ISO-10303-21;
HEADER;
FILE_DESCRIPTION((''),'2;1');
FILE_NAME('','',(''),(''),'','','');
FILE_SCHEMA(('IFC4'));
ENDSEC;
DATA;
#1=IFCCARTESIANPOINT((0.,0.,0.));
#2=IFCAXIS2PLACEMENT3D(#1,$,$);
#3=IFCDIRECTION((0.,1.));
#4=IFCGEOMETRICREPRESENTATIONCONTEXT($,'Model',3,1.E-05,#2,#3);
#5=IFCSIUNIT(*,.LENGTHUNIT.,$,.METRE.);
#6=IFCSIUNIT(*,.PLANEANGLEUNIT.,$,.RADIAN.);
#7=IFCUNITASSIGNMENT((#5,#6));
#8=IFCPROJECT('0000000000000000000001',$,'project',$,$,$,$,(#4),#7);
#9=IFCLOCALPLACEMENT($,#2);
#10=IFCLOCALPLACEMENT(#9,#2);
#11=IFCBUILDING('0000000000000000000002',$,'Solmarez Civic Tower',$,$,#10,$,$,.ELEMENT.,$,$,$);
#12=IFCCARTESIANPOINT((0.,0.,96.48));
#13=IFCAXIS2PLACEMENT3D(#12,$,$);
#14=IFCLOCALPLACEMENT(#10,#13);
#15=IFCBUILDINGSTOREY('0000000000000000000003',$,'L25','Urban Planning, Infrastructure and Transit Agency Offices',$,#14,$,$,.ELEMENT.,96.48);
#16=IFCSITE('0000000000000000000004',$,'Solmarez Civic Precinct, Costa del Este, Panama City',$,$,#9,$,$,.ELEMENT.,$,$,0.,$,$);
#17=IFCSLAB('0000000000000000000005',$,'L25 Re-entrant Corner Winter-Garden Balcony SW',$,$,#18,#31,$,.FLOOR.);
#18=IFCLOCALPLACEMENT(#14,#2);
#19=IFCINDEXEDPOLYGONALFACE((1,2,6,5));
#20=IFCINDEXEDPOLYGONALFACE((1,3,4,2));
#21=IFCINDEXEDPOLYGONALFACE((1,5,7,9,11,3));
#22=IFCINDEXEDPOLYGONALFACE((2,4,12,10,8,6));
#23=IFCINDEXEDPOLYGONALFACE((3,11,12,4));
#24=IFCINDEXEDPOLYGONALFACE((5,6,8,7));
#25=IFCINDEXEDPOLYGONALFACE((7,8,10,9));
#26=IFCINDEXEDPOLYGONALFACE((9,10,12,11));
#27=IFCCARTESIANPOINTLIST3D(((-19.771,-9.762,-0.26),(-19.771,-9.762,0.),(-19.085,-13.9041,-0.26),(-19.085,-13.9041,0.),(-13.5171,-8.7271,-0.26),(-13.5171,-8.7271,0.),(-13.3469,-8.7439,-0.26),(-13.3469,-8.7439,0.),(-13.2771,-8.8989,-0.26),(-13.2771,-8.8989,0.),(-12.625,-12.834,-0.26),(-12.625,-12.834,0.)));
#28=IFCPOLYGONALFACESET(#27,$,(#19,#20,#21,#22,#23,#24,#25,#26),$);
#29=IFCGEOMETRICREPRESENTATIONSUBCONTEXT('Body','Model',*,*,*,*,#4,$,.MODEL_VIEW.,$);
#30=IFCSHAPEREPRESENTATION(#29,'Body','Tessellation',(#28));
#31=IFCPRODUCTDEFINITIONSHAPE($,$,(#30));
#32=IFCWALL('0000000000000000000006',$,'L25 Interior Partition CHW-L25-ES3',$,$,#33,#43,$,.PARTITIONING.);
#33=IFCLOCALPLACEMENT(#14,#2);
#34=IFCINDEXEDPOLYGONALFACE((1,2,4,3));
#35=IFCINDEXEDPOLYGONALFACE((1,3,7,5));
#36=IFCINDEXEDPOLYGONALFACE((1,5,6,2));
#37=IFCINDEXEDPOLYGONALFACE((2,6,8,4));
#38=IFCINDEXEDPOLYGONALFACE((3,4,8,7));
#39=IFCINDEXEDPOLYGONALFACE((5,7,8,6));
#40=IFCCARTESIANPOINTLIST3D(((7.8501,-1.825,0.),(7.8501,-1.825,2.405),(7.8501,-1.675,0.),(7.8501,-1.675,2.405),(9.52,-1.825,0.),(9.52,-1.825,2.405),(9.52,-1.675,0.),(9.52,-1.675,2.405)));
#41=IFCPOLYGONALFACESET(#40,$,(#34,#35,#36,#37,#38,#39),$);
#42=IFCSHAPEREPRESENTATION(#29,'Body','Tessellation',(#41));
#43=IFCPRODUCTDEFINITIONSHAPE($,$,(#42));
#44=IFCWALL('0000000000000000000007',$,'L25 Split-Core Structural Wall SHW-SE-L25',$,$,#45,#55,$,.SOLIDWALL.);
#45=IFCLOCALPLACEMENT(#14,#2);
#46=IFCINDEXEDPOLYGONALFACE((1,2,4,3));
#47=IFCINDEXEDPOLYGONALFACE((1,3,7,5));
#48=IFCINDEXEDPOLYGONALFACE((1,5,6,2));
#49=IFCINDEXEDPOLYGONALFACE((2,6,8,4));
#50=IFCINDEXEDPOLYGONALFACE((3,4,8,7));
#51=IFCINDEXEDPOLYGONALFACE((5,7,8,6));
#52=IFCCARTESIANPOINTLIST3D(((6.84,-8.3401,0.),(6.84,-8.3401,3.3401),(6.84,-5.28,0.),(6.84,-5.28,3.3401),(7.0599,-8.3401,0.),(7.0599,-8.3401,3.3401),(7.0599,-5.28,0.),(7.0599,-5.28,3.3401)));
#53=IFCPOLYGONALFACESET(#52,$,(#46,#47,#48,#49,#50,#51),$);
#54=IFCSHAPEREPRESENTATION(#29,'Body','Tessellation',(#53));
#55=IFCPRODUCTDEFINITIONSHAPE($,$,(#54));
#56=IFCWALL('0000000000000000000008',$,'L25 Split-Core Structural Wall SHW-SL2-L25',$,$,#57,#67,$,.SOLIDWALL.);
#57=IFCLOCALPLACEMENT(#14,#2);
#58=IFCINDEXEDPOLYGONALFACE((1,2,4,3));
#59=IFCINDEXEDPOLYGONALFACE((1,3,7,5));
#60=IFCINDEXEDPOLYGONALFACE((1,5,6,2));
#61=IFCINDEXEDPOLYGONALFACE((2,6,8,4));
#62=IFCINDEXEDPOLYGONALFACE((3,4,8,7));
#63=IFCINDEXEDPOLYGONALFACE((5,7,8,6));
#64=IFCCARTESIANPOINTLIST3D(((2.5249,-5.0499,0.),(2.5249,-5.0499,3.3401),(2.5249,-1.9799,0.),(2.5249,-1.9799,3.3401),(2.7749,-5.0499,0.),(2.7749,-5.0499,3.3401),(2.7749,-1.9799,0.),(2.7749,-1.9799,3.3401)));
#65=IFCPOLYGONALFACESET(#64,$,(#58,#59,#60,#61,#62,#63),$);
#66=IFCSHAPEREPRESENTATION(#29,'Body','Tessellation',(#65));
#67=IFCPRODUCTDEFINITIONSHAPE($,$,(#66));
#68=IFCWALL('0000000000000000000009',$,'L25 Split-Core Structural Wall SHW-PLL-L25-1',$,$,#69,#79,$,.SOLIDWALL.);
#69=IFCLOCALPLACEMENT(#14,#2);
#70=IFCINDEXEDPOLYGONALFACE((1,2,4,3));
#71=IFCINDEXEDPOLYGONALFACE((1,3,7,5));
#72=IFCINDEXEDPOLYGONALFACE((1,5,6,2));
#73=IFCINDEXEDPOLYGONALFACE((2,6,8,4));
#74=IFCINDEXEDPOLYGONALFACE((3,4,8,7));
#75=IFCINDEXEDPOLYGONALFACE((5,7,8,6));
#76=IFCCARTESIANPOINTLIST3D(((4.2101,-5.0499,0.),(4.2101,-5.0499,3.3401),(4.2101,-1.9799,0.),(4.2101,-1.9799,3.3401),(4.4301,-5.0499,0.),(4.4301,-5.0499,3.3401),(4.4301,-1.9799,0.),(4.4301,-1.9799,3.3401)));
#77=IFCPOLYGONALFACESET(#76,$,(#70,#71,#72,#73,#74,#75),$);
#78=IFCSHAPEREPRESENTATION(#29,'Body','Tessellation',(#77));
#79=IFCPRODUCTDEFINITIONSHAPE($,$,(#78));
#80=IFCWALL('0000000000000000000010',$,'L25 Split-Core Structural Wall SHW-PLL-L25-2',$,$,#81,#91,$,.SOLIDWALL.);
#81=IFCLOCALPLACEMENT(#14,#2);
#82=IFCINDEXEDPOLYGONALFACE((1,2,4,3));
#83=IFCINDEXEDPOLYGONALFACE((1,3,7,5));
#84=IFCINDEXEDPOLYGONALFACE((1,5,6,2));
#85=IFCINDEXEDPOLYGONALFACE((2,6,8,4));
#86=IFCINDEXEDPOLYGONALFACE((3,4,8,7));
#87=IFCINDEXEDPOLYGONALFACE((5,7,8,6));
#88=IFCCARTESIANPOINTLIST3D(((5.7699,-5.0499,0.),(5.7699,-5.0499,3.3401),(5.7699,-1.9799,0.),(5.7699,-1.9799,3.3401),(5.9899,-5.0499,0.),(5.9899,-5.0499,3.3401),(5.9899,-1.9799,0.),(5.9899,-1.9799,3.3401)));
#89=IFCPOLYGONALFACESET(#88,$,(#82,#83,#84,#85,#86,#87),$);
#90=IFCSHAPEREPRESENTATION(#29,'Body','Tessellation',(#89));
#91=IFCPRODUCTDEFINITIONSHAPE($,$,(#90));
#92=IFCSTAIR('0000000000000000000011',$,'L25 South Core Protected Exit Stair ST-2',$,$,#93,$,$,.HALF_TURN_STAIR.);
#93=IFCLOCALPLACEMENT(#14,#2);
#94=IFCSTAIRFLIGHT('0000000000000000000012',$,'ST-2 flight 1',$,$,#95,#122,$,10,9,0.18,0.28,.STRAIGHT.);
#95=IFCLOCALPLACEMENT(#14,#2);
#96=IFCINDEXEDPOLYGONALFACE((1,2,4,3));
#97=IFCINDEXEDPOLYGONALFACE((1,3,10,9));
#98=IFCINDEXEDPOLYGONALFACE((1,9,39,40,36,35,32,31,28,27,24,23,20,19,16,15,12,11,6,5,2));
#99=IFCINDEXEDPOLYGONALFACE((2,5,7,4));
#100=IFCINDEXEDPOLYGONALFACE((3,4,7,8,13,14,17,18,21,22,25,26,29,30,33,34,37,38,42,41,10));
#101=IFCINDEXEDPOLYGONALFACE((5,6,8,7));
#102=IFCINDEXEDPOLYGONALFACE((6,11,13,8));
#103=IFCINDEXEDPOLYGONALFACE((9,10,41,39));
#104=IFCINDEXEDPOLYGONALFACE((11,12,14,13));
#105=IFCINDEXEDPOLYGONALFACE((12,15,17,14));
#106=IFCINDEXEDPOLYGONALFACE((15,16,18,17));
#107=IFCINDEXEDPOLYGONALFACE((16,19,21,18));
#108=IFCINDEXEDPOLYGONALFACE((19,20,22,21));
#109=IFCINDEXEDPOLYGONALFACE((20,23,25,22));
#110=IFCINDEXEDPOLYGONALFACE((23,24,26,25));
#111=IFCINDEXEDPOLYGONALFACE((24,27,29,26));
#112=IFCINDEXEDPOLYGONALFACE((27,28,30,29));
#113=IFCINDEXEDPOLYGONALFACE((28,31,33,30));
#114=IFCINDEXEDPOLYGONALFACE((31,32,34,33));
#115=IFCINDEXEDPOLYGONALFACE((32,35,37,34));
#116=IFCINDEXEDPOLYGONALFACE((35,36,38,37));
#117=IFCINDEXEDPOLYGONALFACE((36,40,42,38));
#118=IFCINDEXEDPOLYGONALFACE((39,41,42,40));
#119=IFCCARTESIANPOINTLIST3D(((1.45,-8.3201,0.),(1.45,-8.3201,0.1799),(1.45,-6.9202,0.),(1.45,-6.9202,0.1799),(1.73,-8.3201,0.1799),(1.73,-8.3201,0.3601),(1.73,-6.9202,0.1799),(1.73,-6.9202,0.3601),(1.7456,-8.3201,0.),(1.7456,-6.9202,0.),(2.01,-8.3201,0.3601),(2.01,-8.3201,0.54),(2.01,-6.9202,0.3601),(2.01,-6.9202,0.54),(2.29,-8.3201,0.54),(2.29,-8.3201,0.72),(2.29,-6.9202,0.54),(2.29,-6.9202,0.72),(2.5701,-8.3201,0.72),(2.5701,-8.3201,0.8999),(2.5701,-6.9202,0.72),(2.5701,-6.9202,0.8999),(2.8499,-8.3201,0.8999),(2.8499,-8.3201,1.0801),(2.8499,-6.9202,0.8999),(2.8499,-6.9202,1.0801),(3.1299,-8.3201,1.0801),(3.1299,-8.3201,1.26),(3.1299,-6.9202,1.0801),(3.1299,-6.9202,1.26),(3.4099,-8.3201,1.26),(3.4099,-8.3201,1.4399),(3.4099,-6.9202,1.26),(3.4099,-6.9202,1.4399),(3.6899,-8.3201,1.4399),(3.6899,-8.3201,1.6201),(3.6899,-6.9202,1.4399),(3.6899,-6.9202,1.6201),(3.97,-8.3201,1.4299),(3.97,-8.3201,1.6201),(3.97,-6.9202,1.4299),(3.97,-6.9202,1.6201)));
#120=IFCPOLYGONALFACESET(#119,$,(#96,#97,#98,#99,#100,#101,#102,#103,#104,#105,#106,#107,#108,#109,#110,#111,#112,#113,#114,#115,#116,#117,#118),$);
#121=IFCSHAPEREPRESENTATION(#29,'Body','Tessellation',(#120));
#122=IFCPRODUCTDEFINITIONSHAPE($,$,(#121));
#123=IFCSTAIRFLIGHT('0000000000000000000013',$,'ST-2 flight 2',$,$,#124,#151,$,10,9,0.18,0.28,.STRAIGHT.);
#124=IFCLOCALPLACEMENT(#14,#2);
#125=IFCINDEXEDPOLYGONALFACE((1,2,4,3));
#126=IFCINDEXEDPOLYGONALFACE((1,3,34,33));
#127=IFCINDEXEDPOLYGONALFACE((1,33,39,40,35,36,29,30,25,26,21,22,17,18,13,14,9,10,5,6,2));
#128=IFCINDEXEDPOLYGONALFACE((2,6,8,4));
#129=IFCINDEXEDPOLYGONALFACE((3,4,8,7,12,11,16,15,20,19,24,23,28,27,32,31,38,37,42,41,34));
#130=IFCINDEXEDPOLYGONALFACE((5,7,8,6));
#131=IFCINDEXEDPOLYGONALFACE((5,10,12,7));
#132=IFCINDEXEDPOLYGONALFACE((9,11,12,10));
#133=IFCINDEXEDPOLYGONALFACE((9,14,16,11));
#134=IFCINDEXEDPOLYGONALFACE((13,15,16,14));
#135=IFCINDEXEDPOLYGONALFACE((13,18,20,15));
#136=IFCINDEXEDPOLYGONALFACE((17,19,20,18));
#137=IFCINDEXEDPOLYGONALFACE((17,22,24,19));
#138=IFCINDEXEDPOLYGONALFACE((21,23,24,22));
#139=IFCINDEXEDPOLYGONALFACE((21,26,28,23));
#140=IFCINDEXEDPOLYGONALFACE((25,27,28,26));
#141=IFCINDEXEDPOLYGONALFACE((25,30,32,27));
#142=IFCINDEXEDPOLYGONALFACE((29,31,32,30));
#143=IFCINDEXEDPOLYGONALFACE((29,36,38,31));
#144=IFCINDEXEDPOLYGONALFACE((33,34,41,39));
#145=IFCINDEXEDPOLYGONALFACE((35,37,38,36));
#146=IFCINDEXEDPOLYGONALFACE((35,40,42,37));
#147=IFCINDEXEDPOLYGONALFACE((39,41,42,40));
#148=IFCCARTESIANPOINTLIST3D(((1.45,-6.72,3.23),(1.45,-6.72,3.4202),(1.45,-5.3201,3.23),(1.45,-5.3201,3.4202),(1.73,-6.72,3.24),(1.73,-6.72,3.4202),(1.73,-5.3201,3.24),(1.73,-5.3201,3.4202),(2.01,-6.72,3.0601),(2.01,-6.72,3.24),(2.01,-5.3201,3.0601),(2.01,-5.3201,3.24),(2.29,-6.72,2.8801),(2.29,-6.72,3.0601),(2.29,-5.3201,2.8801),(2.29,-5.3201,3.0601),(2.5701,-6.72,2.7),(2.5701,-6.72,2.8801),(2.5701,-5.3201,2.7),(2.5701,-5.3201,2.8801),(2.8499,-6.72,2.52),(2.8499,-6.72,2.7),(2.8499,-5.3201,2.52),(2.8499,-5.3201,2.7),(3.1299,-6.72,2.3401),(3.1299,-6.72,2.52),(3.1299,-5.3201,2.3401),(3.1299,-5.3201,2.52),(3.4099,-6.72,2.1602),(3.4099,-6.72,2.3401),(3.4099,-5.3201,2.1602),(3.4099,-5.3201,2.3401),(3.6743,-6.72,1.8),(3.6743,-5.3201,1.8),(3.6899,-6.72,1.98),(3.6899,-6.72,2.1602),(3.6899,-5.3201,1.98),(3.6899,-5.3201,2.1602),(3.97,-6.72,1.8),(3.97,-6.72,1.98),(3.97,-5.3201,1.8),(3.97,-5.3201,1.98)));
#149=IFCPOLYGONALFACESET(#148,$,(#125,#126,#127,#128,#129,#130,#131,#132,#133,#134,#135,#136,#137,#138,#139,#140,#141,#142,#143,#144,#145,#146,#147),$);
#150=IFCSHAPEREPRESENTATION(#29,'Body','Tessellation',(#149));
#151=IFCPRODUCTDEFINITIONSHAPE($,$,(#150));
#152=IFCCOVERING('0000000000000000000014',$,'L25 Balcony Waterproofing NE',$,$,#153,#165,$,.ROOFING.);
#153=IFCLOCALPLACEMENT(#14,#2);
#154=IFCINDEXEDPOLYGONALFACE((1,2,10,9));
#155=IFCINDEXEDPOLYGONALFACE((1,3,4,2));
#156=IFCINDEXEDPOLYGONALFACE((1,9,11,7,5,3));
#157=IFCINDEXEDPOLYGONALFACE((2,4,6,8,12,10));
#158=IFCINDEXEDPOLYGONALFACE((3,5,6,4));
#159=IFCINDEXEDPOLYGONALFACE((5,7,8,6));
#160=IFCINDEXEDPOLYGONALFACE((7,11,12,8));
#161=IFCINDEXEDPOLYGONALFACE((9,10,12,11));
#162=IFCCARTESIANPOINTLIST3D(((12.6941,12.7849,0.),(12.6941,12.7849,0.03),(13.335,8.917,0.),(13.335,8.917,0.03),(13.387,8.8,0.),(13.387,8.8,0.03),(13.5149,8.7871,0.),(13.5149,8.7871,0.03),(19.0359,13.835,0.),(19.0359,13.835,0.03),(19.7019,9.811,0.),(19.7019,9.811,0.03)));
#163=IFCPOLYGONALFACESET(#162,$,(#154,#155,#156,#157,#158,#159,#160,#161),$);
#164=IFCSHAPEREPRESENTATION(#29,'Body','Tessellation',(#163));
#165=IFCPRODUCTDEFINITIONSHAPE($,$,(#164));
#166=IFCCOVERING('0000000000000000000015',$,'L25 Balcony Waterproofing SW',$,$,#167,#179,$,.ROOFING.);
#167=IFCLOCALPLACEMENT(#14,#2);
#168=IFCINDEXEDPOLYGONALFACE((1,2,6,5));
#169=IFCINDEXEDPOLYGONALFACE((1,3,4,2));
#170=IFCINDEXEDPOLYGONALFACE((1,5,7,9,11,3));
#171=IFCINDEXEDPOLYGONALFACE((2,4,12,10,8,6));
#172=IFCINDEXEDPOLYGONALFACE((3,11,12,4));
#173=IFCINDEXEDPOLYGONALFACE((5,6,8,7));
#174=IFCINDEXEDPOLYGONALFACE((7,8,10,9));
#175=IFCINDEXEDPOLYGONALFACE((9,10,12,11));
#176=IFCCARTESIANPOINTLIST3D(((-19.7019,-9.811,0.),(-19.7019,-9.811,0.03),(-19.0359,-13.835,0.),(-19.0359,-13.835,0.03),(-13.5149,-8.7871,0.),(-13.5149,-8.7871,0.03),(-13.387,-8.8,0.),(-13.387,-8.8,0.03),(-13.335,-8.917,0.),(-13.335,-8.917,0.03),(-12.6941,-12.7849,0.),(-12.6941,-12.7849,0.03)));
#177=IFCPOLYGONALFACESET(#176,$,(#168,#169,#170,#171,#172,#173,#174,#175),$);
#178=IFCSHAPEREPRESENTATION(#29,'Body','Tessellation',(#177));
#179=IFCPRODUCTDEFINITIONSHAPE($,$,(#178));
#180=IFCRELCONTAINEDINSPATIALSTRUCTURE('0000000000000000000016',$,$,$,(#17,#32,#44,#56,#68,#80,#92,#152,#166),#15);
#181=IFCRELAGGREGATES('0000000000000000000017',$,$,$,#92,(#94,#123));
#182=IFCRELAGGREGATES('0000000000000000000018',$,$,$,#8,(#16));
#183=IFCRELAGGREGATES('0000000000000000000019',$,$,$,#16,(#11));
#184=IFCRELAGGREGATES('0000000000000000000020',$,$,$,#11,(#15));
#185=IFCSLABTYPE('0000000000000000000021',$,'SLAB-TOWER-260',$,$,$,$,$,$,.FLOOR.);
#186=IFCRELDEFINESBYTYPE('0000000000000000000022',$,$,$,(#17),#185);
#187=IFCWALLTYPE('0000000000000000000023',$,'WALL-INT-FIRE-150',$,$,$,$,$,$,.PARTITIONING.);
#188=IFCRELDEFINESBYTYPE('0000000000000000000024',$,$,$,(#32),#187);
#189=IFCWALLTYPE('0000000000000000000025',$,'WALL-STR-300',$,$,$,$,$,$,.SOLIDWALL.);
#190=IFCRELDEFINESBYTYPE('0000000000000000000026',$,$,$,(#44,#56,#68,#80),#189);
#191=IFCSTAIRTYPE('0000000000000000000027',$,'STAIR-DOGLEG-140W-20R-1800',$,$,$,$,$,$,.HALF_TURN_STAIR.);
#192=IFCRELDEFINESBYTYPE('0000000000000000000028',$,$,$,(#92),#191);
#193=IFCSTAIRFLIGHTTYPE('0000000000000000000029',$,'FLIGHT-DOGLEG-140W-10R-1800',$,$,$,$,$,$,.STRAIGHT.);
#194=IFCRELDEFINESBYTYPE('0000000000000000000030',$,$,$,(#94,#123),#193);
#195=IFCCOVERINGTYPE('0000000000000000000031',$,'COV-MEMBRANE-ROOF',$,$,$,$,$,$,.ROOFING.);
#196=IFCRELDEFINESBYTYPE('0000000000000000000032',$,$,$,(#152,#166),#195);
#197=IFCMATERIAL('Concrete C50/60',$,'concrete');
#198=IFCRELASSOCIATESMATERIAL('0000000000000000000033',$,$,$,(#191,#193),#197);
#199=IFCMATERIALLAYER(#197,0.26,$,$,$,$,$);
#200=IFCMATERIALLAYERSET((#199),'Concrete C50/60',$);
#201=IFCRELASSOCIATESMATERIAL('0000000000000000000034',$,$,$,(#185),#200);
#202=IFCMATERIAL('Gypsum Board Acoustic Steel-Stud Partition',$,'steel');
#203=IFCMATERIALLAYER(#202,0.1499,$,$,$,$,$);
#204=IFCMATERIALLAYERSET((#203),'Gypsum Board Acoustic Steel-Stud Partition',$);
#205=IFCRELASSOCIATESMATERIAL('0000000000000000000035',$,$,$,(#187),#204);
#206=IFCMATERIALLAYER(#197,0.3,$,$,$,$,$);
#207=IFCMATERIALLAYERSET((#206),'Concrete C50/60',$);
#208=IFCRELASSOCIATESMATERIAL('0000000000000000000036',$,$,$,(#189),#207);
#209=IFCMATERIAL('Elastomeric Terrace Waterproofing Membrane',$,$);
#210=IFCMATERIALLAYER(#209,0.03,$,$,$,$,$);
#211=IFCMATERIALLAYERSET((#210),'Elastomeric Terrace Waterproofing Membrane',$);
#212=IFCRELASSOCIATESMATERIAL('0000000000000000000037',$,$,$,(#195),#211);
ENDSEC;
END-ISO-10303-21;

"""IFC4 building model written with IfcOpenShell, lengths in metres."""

from ifc_helpers import new_model, si_unit, direction, frame, frame_2d, origin, place, context, subcontext, project, spatial, polyline, rectangle, outline, extrude, material, layer, layer_set, type_object, element, aggregate, save


model = new_model("IFC4")

# Units and contexts
model_context = context("Model", 3, precision=1e-05, world=origin(), true_north=direction((0.0, 1.0)))
body_context = subcontext(model_context, "Body", "Model", "MODEL_VIEW")
ifc_project = project(units=[si_unit("LENGTHUNIT", "METRE"), si_unit("PLANEANGLEUNIT", "RADIAN")], contexts=[model_context])

# Site, building, storey
site_placement = place(None, origin())
site = spatial("IfcSite", under=ifc_project, at=site_placement, Name="Solmarez Civic Precinct, Costa del Este, Panama City", CompositionType="ELEMENT", RefElevation=0.0)
building_placement = place(site_placement, origin())
building = spatial("IfcBuilding", under=site, at=building_placement, Name="Solmarez Civic Tower", CompositionType="ELEMENT")
storey_placement = place(building_placement, frame((0.0, 0.0, 96.48)))
storey = spatial("IfcBuildingStorey", under=building, at=storey_placement, Name="L25", Description="Urban Planning, Infrastructure and Transit Agency Offices", CompositionType="ELEMENT", Elevation=96.48)

# Shared definitions
ifc_material_1 = material(Name="Concrete C50/60", Category="concrete")

# Shared definitions
stair_type = type_object("IfcStairType", Name="STAIR-DOGLEG-140W-20R-1800", PredefinedType="HALF_TURN_STAIR", material=ifc_material_1)

# Slab
ifc_layer_1 = layer(ifc_material_1, 0.26)
ifc_layer_set_1 = layer_set([ifc_layer_1], Name="Concrete C50/60")
slab_type_1 = type_object("IfcSlabType", Name="SLAB-TOWER-260", PredefinedType="FLOOR", material=ifc_layer_set_1)
slab_1_placement = place(storey_placement, frame((0.0, 0.0, -0.26)))
element("IfcSlab", 1, at=slab_1_placement, inside=storey, type_object=slab_type_1, Name="L25 Re-entrant Corner Winter-Garden Balcony SW", PredefinedType="FLOOR", context=body_context, shape_type="SweptSolid", body=[
    extrude(outline(polyline([(-12.625, -12.834), (-13.2771, -8.8989), (-13.3469, -8.7439), (-13.5171, -8.7271), (-19.771, -9.762), (-19.085, -13.9041), (-12.625, -12.834)])), origin(), (0.0, 0.0, 1.0), 0.26),
])

# Walls
ifc_material_2 = material(Name="Gypsum Board Acoustic Steel-Stud Partition", Category="steel")
ifc_layer_2 = layer(ifc_material_2, 0.1499)
ifc_layer_set_2 = layer_set([ifc_layer_2], Name="Gypsum Board Acoustic Steel-Stud Partition")
wall_type_1 = type_object("IfcWallType", Name="WALL-INT-FIRE-150", PredefinedType="PARTITIONING", material=ifc_layer_set_2)
wall_1_placement = place(storey_placement, frame((7.8501, -1.75, 0.0), z_axis=(0.0, 0.0, 1.0), x_axis=(1.0, 0.0, 0.0)))
element("IfcWall", 2, at=wall_1_placement, inside=storey, type_object=wall_type_1, Name="L25 Interior Partition CHW-L25-ES3", PredefinedType="PARTITIONING", context=body_context, shape_type="SweptSolid", body=[
    extrude(rectangle(XDim=1.6699, YDim=0.1499, at=frame_2d((0.835, 0.0))), origin(), (0.0, 0.0, 1.0), 2.405),
])
ifc_layer_3 = layer(ifc_material_1, 0.3)
ifc_layer_set_3 = layer_set([ifc_layer_3], Name="Concrete C50/60")
wall_type_2 = type_object("IfcWallType", Name="WALL-STR-300", PredefinedType="SOLIDWALL", material=ifc_layer_set_3)
wall_2_placement = place(storey_placement, frame((6.95, -8.3401, 0.0), z_axis=(0.0, 0.0, 1.0), x_axis=(0.0, 1.0, 0.0)))
element("IfcWall", 3, at=wall_2_placement, inside=storey, type_object=wall_type_2, Name="L25 Split-Core Structural Wall SHW-SE-L25", PredefinedType="SOLIDWALL", context=body_context, shape_type="SweptSolid", body=[
    extrude(rectangle(XDim=3.0601, YDim=0.22, at=frame_2d((1.53, 0.0))), origin(), (0.0, 0.0, 1.0), 3.3401),
])
wall_3_placement = place(storey_placement, frame((2.6499, -5.05, 0.0), z_axis=(0.0, 0.0, 1.0), x_axis=(0.0, 1.0, 0.0)))
element("IfcWall", 4, at=wall_3_placement, inside=storey, type_object=wall_type_2, Name="L25 Split-Core Structural Wall SHW-SL2-L25", PredefinedType="SOLIDWALL", context=body_context, shape_type="SweptSolid", body=[
    extrude(rectangle(XDim=3.0701, YDim=0.25, at=frame_2d((1.5352, 0.0))), origin(), (0.0, 0.0, 1.0), 3.3401),
])
for number, where, z_axis, x_axis, name in (
    (5, (4.3201, -5.05, 0.0), (0.0, 0.0, 1.0), (0.0, 1.0, 0.0), "L25 Split-Core Structural Wall SHW-PLL-L25-1"),
    (6, (5.8799, -5.05, 0.0), (0.0, 0.0, 1.0), (0.0, 1.0, 0.0), "L25 Split-Core Structural Wall SHW-PLL-L25-2"),
):
    element("IfcWall", number, at=place(storey_placement, frame(where, z_axis=z_axis, x_axis=x_axis)), inside=storey, type_object=wall_type_2, Name=name, PredefinedType="SOLIDWALL", context=body_context, shape_type="SweptSolid", body=[
        extrude(rectangle(XDim=3.0701, YDim=0.22, at=frame_2d((1.5352, 0.0))), origin(), (0.0, 0.0, 1.0), 3.3401),
    ])

# Stair, stair flights
stair_1_placement = place(storey_placement, origin())
stair_1 = element("IfcStair", 7, at=stair_1_placement, inside=storey, type_object=stair_type, Name="L25 South Core Protected Exit Stair ST-2", PredefinedType="HALF_TURN_STAIR")
stair_flight_type = type_object("IfcStairFlightType", Name="FLIGHT-DOGLEG-140W-10R-1800", PredefinedType="STRAIGHT", material=ifc_material_1)
stair_flight_1_placement = place(storey_placement, frame((1.45, -7.6201, 0.0), z_axis=(0.0, 0.0, 1.0), x_axis=(1.0, 0.0, 0.0)))
stair_flight_1 = element("IfcStairFlight", 8, at=stair_flight_1_placement, type_object=stair_flight_type, Name="ST-2 flight 1", NumberOfRisers=10, NumberOfTreads=9, PredefinedType="STRAIGHT", RiserHeight=0.18, TreadLength=0.28, context=body_context, shape_type="SweptSolid", body=[
    extrude(outline(polyline([(0.0, 0.0), (0.0, 0.1799), (0.28, 0.1799), (0.28, 0.3601), (0.5601, 0.3601), (0.5601, 0.54), (0.8401, 0.54), (0.8401, 0.72), (1.1201, 0.72), (1.1201, 0.8999), (1.3999, 0.8999), (1.3999, 1.0801), (1.6799, 1.0801), (1.6799, 1.26), (1.96, 1.26), (1.96, 1.4399), (2.24, 1.4399), (2.24, 1.6201), (2.52, 1.6201), (2.52, 1.8), (2.52, 1.4299), (0.2957, 0.0), (0.0, 0.0)])), frame((0.0, 0.7, 0.0), z_axis=(0.0, -1.0, 0.0), x_axis=(1.0, 0.0, 0.0)), (0.0, 0.0, 1.0), 1.3999),
])
stair_flight_2_placement = place(storey_placement, frame((3.97, -6.02, 1.8), z_axis=(0.0, 0.0, 1.0), x_axis=(-1.0, 0.0, 0.0)))
stair_flight_2 = element("IfcStairFlight", 9, at=stair_flight_2_placement, type_object=stair_flight_type, Name="ST-2 flight 2", NumberOfRisers=10, NumberOfTreads=9, PredefinedType="STRAIGHT", RiserHeight=0.18, TreadLength=0.28, context=body_context, shape_type="SweptSolid", body=[
    extrude(outline(polyline([(0.0, 0.0), (0.0, 0.1799), (0.28, 0.1799), (0.28, 0.3601), (0.5601, 0.3601), (0.5601, 0.54), (0.8401, 0.54), (0.8401, 0.72), (1.1201, 0.72), (1.1201, 0.8999), (1.3999, 0.8999), (1.3999, 1.0801), (1.6799, 1.0801), (1.6799, 1.26), (1.96, 1.26), (1.96, 1.4399), (2.24, 1.4399), (2.24, 1.6201), (2.52, 1.6201), (2.52, 1.8), (2.52, 1.4299), (0.2957, 0.0), (0.0, 0.0)])), frame((0.0, 0.7, 0.0), z_axis=(0.0, -1.0, 0.0), x_axis=(1.0, 0.0, 0.0)), (0.0, 0.0, 1.0), 1.3999),
])
aggregate(stair_1, [stair_flight_1, stair_flight_2])

# Coverings
ifc_material_3 = material(Name="Elastomeric Terrace Waterproofing Membrane")
ifc_layer_4 = layer(ifc_material_3, 0.03)
ifc_layer_set_4 = layer_set([ifc_layer_4], Name="Elastomeric Terrace Waterproofing Membrane")
covering_type = type_object("IfcCoveringType", Name="COV-MEMBRANE-ROOF", PredefinedType="ROOFING", material=ifc_layer_set_4)
covering_1_placement = place(storey_placement, origin())
element("IfcCovering", 10, at=covering_1_placement, inside=storey, type_object=covering_type, Name="L25 Balcony Waterproofing NE", PredefinedType="ROOFING", context=body_context, shape_type="SweptSolid", body=[
    extrude(outline(polyline([(13.335, 8.917), (13.387, 8.8), (13.5149, 8.7871), (19.7019, 9.811), (19.0359, 13.835), (12.6941, 12.7849), (13.335, 8.917)])), origin(), (0.0, 0.0, 1.0), 0.03),
])
covering_2_placement = place(storey_placement, origin())
element("IfcCovering", 11, at=covering_2_placement, inside=storey, type_object=covering_type, Name="L25 Balcony Waterproofing SW", PredefinedType="ROOFING", context=body_context, shape_type="SweptSolid", body=[
    extrude(outline(polyline([(-13.335, -8.917), (-13.387, -8.8), (-13.5149, -8.7871), (-19.7019, -9.811), (-19.0359, -13.835), (-12.6941, -12.7849), (-13.335, -8.917)])), origin(), (0.0, 0.0, 1.0), 0.03),
])

save(model, "model.ifc")
